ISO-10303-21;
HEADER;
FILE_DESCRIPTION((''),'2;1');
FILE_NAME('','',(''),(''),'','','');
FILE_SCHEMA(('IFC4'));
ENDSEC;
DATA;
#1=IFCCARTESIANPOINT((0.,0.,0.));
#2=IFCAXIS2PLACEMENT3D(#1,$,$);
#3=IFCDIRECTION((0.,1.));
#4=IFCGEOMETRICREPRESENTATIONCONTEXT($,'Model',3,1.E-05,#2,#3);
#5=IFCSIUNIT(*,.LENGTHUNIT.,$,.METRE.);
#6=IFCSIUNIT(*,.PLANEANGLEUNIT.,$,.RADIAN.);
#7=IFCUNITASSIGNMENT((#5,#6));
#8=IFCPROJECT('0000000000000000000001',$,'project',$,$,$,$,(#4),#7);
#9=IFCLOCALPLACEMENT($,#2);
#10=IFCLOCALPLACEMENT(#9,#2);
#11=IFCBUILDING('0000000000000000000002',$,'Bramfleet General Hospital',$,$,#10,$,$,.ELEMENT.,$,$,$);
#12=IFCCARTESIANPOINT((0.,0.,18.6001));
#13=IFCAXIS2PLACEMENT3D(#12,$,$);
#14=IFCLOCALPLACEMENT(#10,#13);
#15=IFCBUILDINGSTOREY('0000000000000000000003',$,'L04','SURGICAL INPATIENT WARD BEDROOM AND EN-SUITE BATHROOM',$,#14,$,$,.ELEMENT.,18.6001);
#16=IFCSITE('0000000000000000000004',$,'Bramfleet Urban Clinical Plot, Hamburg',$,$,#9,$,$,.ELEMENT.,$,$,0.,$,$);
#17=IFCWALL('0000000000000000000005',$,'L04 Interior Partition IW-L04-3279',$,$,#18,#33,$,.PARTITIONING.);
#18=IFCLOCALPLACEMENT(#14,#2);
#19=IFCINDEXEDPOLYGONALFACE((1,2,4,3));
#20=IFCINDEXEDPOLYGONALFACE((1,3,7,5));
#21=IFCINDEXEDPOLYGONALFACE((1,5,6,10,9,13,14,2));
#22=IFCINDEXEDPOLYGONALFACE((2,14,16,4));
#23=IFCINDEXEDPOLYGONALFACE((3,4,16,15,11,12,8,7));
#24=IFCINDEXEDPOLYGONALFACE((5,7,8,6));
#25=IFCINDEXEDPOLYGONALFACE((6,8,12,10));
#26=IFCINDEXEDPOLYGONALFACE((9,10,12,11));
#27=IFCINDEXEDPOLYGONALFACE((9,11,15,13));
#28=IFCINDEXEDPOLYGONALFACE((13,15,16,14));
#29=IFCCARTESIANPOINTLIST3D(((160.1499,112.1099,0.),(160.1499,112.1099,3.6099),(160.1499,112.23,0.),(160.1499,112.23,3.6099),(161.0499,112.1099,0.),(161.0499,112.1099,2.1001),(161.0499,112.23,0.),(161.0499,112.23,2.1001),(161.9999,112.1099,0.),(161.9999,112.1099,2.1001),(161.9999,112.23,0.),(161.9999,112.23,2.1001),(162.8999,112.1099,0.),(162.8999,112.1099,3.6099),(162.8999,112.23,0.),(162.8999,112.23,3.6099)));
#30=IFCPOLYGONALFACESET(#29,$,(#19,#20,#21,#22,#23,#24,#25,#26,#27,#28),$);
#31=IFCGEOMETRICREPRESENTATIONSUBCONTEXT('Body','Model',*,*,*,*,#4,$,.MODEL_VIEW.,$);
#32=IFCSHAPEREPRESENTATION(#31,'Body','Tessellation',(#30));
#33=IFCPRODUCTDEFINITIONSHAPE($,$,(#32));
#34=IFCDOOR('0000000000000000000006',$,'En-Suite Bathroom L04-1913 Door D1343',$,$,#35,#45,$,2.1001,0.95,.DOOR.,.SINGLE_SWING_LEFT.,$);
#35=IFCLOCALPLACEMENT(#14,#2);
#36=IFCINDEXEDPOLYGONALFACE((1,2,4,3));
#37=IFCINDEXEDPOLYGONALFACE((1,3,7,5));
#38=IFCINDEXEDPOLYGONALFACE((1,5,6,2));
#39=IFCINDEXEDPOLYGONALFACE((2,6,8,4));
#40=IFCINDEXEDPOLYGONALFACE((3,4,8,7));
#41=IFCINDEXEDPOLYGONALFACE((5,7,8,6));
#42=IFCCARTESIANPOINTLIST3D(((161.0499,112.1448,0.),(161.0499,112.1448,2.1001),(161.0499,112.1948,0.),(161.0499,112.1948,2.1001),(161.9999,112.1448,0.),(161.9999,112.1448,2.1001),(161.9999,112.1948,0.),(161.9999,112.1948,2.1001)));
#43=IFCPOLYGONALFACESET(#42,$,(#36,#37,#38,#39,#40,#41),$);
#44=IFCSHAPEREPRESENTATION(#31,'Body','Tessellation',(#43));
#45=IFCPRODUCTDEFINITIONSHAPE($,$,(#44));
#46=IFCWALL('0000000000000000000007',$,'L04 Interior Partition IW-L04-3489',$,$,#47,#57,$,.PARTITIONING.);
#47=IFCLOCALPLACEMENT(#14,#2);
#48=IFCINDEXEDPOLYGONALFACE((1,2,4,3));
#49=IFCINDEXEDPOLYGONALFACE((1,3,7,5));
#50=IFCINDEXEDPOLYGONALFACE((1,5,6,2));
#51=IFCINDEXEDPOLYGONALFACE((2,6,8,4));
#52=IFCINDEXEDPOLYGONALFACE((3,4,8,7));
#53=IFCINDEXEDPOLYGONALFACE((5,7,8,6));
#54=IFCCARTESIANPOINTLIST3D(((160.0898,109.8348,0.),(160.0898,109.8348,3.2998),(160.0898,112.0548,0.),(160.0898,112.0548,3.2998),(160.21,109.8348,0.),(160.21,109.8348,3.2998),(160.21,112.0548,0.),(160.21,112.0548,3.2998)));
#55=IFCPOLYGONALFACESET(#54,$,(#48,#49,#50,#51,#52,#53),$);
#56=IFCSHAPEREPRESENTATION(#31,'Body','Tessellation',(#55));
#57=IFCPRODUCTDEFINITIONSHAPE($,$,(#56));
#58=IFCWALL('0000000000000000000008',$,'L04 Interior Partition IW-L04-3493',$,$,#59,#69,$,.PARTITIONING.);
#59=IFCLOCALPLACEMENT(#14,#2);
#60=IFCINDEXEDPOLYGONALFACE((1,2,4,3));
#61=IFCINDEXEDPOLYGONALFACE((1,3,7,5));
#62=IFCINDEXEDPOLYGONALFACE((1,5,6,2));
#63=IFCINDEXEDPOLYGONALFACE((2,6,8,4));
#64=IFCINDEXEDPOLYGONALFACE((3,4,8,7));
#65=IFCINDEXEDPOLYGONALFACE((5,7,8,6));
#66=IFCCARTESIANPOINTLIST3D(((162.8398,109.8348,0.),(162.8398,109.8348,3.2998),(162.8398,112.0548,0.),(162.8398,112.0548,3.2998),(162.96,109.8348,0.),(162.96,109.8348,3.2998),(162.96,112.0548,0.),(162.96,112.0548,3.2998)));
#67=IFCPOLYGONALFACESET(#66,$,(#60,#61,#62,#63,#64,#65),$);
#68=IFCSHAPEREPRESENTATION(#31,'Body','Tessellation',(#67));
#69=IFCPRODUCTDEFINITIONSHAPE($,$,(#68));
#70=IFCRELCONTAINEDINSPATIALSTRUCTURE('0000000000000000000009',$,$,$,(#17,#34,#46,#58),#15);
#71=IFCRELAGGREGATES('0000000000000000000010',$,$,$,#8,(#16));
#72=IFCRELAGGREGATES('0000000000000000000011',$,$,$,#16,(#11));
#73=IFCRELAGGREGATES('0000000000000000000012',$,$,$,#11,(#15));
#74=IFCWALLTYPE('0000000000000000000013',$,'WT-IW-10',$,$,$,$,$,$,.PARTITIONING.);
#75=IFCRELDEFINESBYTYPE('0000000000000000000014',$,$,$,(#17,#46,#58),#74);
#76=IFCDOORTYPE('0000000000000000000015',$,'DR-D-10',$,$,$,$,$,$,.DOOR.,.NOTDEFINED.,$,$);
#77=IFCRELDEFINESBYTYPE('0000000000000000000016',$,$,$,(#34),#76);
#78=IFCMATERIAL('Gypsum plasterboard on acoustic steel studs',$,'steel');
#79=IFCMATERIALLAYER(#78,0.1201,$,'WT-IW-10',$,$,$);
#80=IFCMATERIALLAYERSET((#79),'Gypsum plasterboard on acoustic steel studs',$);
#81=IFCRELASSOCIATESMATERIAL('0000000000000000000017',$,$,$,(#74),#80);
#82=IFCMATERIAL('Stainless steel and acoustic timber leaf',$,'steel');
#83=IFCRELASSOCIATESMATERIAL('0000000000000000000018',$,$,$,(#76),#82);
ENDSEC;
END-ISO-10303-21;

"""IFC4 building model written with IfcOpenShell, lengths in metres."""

from ifc_helpers import new_model, si_unit, direction, frame, frame_2d, origin, place, context, subcontext, project, spatial, rectangle, extrude, material, layer, layer_set, type_object, element, fill, save


model = new_model("IFC4")

# Units and contexts
model_context = context("Model", 3, precision=1e-05, world=origin(), true_north=direction((0.0, 1.0)))
body_context = subcontext(model_context, "Body", "Model", "MODEL_VIEW")
ifc_project = project(units=[si_unit("LENGTHUNIT", "METRE"), si_unit("PLANEANGLEUNIT", "RADIAN")], contexts=[model_context])

# Site, building, storey
site_placement = place(None, origin())
site = spatial("IfcSite", under=ifc_project, at=site_placement, Name="Bramfleet Urban Clinical Plot, Hamburg", CompositionType="ELEMENT", RefElevation=0.0)
building_placement = place(site_placement, origin())
building = spatial("IfcBuilding", under=site, at=building_placement, Name="Bramfleet General Hospital", CompositionType="ELEMENT")
storey_placement = place(building_placement, frame((0.0, 0.0, 18.6001)))
storey = spatial("IfcBuildingStorey", under=building, at=storey_placement, Name="L04", Description="SURGICAL INPATIENT WARD BEDROOM AND EN-SUITE BATHROOM", CompositionType="ELEMENT", Elevation=18.6001)

# Shared definitions
ifc_material_1 = material(Name="Stainless steel and acoustic timber leaf", Category="steel")

# Shared definitions
ifc_material_2 = material(Name="Gypsum plasterboard on acoustic steel studs", Category="steel")
ifc_layer_1 = layer(ifc_material_2, 0.1201, Name="WT-IW-10")
ifc_layer_set_1 = layer_set([ifc_layer_1], Name="Gypsum plasterboard on acoustic steel studs")
wall_type_1 = type_object("IfcWallType", Name="WT-IW-10", PredefinedType="PARTITIONING", material=ifc_layer_set_1)

# Wall, opening, door
wall_1_placement = place(storey_placement, frame((160.1499, 112.1699, 0.0), z_axis=(0.0, 0.0, 1.0), x_axis=(1.0, 0.0, 0.0)))
wall_1 = element("IfcWall", 1, at=wall_1_placement, inside=storey, type_object=wall_type_1, Name="L04 Interior Partition IW-L04-3279", PredefinedType="PARTITIONING", context=body_context, shape_type="SweptSolid", body=[
    extrude(rectangle(XDim=2.75, YDim=0.1201, at=frame_2d((1.375, 0.0))), origin(), (0.0, 0.0, 1.0), 3.6099),
])
opening_1_placement = place(wall_1_placement, frame((0.8999, 0.0, 0.0)))
opening_1 = element("IfcOpeningElement", 2, at=opening_1_placement, cuts=wall_1, PredefinedType="OPENING", context=body_context, shape_type="SweptSolid", body=[
    extrude(rectangle(XDim=0.95, YDim=2.1001, at=frame_2d((0.4751, 1.05))), frame((0.0, 0.0701, 0.0), z_axis=(0.0, -1.0, 0.0), x_axis=(1.0, 0.0, 0.0)), (0.0, 0.0, 1.0), 0.1401),
])
door_type_1 = type_object("IfcDoorType", Name="DR-D-10", OperationType="NOTDEFINED", PredefinedType="DOOR", material=ifc_material_1)
door_1_placement = place(opening_1_placement, origin())
door_1 = element("IfcDoor", 3, at=door_1_placement, inside=storey, type_object=door_type_1, Name="En-Suite Bathroom L04-1913 Door D1343", OperationType="SINGLE_SWING_LEFT", OverallHeight=2.1001, OverallWidth=0.95, PredefinedType="DOOR", context=body_context, shape_type="SweptSolid", body=[
    extrude(rectangle(XDim=0.95, YDim=2.1001, at=frame_2d((0.4751, 1.05))), frame((0.0, 0.0249, 0.0), z_axis=(0.0, -1.0, 0.0), x_axis=(1.0, 0.0, 0.0)), (0.0, 0.0, 1.0), 0.05),
])
fill(opening_1, door_1)

# Walls
for number, where, z_axis, x_axis, name in (
    (4, (160.1499, 109.835, 0.0), (0.0, 0.0, 1.0), (0.0, 1.0, 0.0), "L04 Interior Partition IW-L04-3489"),
    (5, (162.8999, 109.835, 0.0), (0.0, 0.0, 1.0), (0.0, 1.0, 0.0), "L04 Interior Partition IW-L04-3493"),
):
    element("IfcWall", number, at=place(storey_placement, frame(where, z_axis=z_axis, x_axis=x_axis)), inside=storey, type_object=wall_type_1, Name=name, PredefinedType="PARTITIONING", context=body_context, shape_type="SweptSolid", body=[
        extrude(rectangle(XDim=2.22, YDim=0.1201, at=frame_2d((1.1099, 0.0))), origin(), (0.0, 0.0, 1.0), 3.2998),
    ])

save(model, "model.ifc")
